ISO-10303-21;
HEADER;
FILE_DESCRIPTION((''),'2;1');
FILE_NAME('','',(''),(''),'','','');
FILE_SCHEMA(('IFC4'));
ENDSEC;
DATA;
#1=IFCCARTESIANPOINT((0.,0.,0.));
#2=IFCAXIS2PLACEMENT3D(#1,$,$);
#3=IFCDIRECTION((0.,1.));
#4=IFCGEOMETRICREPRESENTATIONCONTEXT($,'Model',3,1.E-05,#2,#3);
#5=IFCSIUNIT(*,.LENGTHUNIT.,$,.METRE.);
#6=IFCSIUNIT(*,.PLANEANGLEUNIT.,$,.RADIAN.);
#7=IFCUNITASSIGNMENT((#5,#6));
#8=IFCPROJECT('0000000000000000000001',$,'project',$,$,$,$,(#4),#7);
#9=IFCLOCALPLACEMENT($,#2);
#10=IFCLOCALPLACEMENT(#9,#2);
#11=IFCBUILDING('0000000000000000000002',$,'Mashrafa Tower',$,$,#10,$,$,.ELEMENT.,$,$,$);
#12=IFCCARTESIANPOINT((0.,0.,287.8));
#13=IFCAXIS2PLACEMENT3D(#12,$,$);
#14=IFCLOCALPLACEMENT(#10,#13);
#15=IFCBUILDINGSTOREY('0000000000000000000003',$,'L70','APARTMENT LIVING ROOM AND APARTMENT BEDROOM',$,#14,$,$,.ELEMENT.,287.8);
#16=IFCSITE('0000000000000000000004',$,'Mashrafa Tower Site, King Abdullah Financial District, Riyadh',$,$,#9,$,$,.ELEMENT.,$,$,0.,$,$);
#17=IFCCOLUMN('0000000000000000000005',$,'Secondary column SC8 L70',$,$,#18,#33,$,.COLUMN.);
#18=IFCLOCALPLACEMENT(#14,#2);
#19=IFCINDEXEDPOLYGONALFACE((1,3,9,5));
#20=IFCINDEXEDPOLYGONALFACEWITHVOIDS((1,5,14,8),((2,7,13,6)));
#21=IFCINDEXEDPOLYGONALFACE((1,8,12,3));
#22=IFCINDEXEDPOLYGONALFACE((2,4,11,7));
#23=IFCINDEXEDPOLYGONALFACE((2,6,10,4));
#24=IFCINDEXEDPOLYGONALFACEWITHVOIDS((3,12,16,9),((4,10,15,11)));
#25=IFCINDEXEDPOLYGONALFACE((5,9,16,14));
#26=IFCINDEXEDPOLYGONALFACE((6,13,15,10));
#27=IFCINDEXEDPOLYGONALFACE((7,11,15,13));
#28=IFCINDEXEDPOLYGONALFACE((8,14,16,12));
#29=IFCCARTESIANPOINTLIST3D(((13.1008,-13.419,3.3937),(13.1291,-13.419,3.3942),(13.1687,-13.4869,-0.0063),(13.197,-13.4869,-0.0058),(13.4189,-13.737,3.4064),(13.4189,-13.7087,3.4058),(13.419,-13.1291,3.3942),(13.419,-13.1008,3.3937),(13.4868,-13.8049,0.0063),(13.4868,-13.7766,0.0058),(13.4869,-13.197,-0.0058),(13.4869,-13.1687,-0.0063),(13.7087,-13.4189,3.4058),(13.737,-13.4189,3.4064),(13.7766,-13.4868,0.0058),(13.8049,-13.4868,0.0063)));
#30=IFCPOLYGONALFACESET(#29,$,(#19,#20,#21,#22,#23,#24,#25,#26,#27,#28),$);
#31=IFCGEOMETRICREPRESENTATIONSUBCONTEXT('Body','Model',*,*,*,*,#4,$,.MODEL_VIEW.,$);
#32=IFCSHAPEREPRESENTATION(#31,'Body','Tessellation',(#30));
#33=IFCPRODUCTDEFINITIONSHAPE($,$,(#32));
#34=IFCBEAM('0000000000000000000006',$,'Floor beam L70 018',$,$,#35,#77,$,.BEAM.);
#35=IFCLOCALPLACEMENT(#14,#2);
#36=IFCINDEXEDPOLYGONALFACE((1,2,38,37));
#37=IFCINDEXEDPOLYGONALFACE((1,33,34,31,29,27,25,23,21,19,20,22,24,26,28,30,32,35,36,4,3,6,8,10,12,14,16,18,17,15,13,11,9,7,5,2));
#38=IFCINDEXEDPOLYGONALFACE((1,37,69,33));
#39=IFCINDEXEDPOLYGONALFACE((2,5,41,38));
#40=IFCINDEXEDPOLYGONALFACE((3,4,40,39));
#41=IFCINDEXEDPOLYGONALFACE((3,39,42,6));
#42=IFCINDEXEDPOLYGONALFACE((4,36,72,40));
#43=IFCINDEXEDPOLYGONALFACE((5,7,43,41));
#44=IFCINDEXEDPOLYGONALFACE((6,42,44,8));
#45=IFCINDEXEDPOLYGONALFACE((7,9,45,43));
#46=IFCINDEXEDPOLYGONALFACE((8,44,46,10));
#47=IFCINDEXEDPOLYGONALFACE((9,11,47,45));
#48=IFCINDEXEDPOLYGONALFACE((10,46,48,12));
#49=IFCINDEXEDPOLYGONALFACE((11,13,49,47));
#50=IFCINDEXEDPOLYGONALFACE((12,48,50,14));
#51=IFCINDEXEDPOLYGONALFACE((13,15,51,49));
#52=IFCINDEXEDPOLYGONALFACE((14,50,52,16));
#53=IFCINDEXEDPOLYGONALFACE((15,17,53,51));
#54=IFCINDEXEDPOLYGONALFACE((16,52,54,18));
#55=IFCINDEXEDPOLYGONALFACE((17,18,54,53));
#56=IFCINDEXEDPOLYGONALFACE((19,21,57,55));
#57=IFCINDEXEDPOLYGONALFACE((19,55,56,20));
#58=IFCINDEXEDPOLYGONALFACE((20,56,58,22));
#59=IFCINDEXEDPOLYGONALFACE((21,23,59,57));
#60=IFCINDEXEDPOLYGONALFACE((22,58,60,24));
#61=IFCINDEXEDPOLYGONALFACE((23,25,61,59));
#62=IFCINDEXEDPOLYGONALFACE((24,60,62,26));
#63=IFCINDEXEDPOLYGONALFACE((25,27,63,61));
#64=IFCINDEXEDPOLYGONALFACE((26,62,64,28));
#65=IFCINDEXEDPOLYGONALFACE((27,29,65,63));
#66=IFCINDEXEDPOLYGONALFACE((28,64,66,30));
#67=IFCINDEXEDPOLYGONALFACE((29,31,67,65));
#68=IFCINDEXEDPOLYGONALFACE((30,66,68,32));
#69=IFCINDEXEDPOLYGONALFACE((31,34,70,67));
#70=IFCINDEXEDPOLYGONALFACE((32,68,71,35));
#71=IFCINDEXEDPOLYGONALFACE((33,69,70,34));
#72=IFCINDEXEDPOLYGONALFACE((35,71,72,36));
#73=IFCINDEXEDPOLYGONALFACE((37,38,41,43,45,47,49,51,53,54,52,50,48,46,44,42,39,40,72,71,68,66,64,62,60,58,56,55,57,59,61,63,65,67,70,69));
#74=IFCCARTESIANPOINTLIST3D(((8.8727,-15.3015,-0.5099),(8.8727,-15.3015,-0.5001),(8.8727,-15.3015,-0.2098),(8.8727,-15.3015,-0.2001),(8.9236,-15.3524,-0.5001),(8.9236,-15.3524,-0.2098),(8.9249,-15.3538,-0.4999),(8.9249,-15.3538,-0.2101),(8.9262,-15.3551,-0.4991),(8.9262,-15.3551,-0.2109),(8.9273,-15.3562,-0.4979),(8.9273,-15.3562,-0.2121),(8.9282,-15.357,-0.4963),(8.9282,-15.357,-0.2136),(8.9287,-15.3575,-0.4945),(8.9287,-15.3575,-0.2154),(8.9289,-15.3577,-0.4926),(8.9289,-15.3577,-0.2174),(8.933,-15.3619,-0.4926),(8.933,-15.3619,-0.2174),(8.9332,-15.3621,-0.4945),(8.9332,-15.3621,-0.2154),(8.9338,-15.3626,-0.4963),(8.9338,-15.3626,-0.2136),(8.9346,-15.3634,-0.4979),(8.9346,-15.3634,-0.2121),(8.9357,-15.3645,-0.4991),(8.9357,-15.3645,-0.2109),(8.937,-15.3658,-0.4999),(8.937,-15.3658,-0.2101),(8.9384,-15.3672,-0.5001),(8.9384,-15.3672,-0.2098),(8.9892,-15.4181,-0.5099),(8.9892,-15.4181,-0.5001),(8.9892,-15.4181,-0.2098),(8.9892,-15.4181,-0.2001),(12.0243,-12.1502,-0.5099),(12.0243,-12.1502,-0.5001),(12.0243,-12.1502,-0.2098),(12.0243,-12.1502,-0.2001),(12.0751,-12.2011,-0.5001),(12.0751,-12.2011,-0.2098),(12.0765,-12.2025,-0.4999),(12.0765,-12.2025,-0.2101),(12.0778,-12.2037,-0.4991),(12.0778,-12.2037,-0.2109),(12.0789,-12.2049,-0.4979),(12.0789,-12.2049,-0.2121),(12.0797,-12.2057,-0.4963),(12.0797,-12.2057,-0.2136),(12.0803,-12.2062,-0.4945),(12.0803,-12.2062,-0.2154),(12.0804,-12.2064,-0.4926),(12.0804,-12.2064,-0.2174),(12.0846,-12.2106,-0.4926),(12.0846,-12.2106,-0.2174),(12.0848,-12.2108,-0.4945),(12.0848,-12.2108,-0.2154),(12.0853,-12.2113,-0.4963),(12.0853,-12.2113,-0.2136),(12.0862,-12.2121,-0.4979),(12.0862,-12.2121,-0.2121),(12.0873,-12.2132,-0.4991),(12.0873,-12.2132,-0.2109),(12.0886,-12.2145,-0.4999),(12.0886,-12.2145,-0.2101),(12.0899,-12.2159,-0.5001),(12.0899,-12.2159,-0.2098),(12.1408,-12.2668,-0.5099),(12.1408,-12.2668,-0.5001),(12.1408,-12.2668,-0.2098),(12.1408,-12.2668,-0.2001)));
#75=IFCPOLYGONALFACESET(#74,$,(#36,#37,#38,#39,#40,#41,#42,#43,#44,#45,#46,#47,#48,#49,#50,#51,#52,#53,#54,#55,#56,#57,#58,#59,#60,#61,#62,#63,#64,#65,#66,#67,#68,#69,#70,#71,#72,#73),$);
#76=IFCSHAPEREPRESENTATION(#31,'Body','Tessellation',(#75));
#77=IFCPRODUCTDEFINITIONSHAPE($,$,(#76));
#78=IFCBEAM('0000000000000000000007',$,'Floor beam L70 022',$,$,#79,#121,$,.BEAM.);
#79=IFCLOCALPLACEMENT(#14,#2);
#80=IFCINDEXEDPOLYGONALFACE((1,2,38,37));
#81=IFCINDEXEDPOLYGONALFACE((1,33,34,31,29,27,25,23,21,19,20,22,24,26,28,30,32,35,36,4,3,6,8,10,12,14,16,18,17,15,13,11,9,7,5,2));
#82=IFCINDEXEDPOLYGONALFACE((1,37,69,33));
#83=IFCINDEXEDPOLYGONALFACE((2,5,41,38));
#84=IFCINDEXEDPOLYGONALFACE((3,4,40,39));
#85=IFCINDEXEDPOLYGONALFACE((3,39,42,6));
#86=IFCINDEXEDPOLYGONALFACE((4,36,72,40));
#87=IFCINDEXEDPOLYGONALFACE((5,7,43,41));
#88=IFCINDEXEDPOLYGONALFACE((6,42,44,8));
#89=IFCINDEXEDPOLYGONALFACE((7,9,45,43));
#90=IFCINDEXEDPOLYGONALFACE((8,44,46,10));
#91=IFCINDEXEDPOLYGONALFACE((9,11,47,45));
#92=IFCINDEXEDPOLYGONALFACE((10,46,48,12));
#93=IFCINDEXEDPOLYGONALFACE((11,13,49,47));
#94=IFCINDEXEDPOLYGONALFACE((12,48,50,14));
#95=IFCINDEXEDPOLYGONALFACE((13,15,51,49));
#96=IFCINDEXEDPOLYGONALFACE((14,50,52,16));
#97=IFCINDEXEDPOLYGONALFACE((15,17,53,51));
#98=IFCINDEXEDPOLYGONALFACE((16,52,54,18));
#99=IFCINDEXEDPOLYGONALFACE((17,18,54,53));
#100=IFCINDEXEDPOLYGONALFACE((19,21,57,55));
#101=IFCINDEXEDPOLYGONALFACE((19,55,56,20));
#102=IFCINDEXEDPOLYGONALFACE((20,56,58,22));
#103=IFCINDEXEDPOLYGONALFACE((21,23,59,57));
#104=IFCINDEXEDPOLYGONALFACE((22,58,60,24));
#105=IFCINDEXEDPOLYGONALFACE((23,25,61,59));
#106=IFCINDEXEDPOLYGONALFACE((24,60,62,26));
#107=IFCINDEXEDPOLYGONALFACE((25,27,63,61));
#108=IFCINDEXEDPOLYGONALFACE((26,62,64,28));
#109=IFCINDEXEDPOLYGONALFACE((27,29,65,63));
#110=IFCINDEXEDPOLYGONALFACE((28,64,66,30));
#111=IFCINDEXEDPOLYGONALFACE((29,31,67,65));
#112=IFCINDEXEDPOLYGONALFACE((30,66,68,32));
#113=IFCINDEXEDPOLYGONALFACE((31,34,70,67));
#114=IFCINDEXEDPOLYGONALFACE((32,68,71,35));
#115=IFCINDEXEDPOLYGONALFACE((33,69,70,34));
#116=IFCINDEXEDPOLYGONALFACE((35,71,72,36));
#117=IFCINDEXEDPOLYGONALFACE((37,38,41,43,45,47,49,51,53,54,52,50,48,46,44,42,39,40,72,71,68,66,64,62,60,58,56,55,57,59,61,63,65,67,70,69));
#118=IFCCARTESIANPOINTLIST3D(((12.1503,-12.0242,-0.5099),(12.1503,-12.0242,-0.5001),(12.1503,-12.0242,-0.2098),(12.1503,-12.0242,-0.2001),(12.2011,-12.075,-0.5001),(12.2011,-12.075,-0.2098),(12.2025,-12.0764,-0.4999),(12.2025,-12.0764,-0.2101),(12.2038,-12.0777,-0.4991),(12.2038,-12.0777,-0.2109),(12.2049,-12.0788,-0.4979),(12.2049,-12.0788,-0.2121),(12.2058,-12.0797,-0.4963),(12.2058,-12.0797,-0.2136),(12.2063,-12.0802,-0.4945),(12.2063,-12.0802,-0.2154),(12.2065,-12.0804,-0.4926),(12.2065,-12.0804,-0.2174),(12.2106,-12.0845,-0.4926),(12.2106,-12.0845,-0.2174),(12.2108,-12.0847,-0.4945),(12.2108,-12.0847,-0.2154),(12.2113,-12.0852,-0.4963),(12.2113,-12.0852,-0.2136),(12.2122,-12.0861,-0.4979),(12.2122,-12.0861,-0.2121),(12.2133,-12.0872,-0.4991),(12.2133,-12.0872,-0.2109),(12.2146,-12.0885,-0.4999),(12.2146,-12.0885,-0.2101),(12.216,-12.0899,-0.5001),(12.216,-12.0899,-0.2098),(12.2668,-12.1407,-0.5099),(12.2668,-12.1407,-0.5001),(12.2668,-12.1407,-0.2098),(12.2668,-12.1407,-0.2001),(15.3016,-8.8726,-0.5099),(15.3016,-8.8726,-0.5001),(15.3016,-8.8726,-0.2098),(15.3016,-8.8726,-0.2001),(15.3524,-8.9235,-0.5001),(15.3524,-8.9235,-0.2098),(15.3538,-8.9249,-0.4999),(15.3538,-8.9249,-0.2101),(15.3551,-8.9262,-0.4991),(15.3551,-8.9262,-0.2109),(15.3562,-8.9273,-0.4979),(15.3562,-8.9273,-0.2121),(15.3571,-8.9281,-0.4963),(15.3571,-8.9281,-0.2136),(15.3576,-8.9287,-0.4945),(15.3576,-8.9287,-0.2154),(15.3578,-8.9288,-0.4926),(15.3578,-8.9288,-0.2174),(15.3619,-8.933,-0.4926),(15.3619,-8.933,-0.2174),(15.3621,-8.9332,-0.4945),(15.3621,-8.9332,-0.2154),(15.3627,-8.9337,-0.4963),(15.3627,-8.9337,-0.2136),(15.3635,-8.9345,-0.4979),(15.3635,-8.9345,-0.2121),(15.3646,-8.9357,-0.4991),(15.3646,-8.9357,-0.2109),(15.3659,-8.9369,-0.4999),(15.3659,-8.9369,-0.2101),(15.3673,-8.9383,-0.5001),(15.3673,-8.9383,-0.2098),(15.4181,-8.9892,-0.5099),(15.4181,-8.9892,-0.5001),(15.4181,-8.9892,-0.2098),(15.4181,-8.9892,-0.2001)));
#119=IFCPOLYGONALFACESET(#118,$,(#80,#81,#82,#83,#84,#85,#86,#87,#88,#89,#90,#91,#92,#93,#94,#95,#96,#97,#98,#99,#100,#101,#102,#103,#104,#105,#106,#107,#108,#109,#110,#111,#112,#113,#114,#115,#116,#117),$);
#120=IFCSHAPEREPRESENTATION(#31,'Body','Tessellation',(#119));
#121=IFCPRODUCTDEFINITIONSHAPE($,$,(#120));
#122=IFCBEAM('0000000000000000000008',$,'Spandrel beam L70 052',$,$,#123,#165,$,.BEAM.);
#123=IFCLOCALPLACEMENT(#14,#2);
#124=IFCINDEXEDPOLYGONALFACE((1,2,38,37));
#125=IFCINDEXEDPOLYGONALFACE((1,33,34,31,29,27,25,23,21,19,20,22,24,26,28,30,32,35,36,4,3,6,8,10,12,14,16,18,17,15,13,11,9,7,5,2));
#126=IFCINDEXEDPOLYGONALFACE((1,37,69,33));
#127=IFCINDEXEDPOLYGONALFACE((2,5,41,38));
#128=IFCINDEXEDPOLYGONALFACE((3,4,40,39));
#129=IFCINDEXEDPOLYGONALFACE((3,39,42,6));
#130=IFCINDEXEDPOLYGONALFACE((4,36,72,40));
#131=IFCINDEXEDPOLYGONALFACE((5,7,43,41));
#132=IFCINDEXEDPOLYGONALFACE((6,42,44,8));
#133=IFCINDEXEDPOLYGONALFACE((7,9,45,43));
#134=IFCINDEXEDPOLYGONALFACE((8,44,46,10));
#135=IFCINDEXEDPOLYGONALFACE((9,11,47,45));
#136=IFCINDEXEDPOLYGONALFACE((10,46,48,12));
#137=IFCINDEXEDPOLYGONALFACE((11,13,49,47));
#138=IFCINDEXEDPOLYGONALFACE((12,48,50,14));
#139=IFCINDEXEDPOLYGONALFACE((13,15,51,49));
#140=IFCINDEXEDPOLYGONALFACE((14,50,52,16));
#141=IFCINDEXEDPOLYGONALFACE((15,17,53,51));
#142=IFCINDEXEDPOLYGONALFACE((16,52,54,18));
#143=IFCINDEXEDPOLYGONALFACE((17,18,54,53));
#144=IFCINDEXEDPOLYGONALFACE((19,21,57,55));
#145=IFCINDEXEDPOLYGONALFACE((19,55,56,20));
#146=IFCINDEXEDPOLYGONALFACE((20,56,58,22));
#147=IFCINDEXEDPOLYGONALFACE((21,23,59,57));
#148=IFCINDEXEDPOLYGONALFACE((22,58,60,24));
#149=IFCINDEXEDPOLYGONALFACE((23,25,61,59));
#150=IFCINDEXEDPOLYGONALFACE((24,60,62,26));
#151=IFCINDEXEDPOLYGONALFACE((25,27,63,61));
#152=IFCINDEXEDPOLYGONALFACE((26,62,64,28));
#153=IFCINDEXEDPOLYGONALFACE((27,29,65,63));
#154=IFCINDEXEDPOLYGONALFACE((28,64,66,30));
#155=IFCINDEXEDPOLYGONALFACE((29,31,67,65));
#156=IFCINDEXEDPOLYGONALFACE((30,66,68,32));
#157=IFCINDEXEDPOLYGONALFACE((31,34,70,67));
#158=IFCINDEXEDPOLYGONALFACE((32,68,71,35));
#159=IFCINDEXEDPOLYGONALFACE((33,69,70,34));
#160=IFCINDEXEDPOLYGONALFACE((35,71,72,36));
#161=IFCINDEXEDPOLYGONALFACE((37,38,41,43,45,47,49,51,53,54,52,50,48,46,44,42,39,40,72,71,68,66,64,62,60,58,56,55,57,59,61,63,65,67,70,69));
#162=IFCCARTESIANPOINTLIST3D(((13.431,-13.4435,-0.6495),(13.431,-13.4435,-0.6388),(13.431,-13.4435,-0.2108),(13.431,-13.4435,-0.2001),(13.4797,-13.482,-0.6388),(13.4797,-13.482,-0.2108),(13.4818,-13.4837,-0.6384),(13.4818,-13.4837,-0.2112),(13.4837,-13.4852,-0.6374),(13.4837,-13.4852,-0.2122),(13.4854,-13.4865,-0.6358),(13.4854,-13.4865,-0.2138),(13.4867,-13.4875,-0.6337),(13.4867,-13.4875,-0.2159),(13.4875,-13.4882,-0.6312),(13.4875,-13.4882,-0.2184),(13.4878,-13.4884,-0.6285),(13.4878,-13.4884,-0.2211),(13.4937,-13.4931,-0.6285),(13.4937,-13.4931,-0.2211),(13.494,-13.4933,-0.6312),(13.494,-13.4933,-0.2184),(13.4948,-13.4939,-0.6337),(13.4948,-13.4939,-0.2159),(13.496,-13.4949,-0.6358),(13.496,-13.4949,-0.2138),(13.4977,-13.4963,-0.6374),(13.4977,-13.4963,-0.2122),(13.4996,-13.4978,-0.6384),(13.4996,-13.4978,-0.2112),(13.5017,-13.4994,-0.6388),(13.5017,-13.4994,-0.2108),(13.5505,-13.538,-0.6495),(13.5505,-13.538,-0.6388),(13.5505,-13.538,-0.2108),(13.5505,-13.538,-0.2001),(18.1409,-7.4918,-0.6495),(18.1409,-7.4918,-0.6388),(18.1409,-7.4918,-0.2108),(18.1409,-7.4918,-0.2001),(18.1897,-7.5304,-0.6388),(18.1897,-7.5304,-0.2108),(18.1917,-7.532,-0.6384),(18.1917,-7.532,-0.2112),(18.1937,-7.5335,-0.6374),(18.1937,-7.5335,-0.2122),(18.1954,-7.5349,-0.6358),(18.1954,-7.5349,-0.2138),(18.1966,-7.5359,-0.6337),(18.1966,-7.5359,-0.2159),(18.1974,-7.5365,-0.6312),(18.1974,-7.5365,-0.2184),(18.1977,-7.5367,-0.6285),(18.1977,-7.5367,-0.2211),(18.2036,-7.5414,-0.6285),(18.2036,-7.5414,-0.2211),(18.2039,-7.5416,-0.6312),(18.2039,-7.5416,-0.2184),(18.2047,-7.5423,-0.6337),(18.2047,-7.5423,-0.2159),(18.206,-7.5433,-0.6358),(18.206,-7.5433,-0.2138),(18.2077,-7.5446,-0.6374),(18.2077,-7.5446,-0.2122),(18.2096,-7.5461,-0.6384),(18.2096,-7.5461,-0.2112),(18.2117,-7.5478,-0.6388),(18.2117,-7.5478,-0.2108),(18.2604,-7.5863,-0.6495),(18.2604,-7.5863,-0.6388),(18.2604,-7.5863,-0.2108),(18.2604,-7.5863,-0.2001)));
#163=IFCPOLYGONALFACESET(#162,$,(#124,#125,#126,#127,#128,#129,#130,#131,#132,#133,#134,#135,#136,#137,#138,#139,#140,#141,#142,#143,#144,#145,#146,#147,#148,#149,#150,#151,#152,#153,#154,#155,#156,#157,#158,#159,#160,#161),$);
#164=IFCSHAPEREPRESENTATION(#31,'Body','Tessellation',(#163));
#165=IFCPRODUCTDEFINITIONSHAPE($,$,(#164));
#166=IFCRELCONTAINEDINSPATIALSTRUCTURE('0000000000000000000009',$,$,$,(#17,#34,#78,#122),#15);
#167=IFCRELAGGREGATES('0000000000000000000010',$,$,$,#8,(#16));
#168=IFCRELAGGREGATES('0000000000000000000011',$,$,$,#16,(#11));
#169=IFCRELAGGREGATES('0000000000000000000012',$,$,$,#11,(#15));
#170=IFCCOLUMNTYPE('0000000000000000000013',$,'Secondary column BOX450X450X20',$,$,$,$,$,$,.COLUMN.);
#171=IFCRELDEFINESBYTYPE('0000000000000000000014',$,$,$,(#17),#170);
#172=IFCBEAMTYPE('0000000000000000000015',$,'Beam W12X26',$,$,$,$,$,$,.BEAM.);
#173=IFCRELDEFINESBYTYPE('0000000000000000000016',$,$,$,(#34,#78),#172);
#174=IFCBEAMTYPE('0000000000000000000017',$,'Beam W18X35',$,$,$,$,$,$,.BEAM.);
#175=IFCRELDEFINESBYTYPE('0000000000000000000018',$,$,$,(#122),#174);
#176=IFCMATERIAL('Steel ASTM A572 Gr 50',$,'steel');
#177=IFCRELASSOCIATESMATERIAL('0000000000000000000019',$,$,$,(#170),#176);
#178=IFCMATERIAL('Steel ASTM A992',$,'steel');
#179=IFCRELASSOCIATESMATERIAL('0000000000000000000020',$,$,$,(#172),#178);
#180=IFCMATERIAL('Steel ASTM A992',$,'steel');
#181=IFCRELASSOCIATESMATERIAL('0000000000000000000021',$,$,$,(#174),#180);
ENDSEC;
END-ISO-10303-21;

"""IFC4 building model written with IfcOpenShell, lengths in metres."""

from ifc_helpers import new_model, si_unit, direction, frame, origin, origin_2d, place, context, subcontext, project, spatial, hollow_rectangle, i_section, extrude, material, material_profile, profile_set, type_object, element, save


model = new_model("IFC4")

# Units and contexts
model_context = context("Model", 3, precision=1e-05, world=origin(), true_north=direction((0.0, 1.0)))
body_context = subcontext(model_context, "Body", "Model", "MODEL_VIEW")
ifc_project = project(units=[si_unit("LENGTHUNIT", "METRE"), si_unit("PLANEANGLEUNIT", "RADIAN")], contexts=[model_context])

# Site, building, storey
site_placement = place(None, origin())
site = spatial("IfcSite", under=ifc_project, at=site_placement, Name="Mashrafa Tower Site, King Abdullah Financial District, Riyadh", CompositionType="ELEMENT", RefElevation=0.0)
building_placement = place(site_placement, origin())
building = spatial("IfcBuilding", under=site, at=building_placement, Name="Mashrafa Tower", CompositionType="ELEMENT")
storey_placement = place(building_placement, frame((0.0, 0.0, 287.8)))
storey = spatial("IfcBuildingStorey", under=building, at=storey_placement, Name="L70", Description="APARTMENT LIVING ROOM AND APARTMENT BEDROOM", CompositionType="ELEMENT", Elevation=287.8)

# Column
ifc_material_1 = material(Name="Steel ASTM A572 Gr 50", Category="steel")
ifc_material_profile_1 = material_profile(ifc_material_1, hollow_rectangle(XDim=0.45, YDim=0.45, WallThickness=0.02, at=origin_2d()), Name="BOX450X450X20")
ifc_profile_set_1 = profile_set([ifc_material_profile_1], Name="Steel ASTM A572 Gr 50")
column_type = type_object("IfcColumnType", Name="Secondary column BOX450X450X20", PredefinedType="COLUMN", material=ifc_profile_set_1)
column_placement = place(storey_placement, frame((13.4868, -13.4868, 0.0), z_axis=(-0.019955, 0.019955, 0.999602), x_axis=(-0.707107, -0.707107, 0.0)))
element("IfcColumn", 1, at=column_placement, inside=storey, type_object=column_type, Name="Secondary column SC8 L70", PredefinedType="COLUMN", context=body_context, shape_type="SweptSolid", body=[
    extrude(hollow_rectangle(XDim=0.45, YDim=0.45, WallThickness=0.02, at=origin_2d()), origin(), (0.0, 0.0, 1.0), 3.4014),
])

# Beams
ifc_material_2 = material(Name="Steel ASTM A992", Category="steel")
ifc_material_profile_2 = material_profile(ifc_material_2, i_section(OverallWidth=0.1648, OverallDepth=0.3098, WebThickness=0.0059, FlangeThickness=0.0098, FilletRadius=0.0076, at=origin_2d()), Name="W12X26")
ifc_profile_set_2 = profile_set([ifc_material_profile_2], Name="Steel ASTM A992")
beam_type_1 = type_object("IfcBeamType", Name="Beam W12X26", PredefinedType="BEAM", material=ifc_profile_set_2)
for number, where, z_axis, x_axis, name in (
    (2, (12.0825, -12.2085, -0.355), (-0.707134, -0.707079, 0.0), (0.707079, -0.707134, 0.0), "Floor beam L70 018"),
    (3, (15.3599, -8.9309, -0.355), (-0.707079, -0.707134, 0.0), (0.707134, -0.707079, 0.0), "Floor beam L70 022"),
):
    element("IfcBeam", number, at=place(storey_placement, frame(where, z_axis=z_axis, x_axis=x_axis)), inside=storey, type_object=beam_type_1, Name=name, PredefinedType="BEAM", context=body_context, shape_type="SweptSolid", body=[
        extrude(i_section(OverallWidth=0.1648, OverallDepth=0.3098, WebThickness=0.0059, FlangeThickness=0.0098, FilletRadius=0.0076, at=origin_2d()), origin(), (0.0, 0.0, 1.0), 4.4568),
    ])
ifc_material_3 = material(Name="Steel ASTM A992", Category="steel")
ifc_material_profile_3 = material_profile(ifc_material_3, i_section(OverallWidth=0.1523, OverallDepth=0.4495, WebThickness=0.0076, FlangeThickness=0.0107, FilletRadius=0.0103, at=origin_2d()), Name="W18X35")
ifc_profile_set_3 = profile_set([ifc_material_profile_3], Name="Steel ASTM A992")
beam_type_2 = type_object("IfcBeamType", Name="Beam W18X35", PredefinedType="BEAM", material=ifc_profile_set_3)
beam_1_placement = place(storey_placement, frame((13.4907, -13.4907, -0.4248), z_axis=(0.62056, 0.784159, 0.0), x_axis=(-0.784159, 0.62056, 0.0)))
element("IfcBeam", 4, at=beam_1_placement, inside=storey, type_object=beam_type_2, Name="Spandrel beam L70 052", PredefinedType="BEAM", context=body_context, shape_type="SweptSolid", body=[
    extrude(i_section(OverallWidth=0.1523, OverallDepth=0.4495, WebThickness=0.0076, FlangeThickness=0.0107, FilletRadius=0.0103, at=origin_2d()), origin(), (0.0, 0.0, 1.0), 7.5898),
])

save(model, "model.ifc")
